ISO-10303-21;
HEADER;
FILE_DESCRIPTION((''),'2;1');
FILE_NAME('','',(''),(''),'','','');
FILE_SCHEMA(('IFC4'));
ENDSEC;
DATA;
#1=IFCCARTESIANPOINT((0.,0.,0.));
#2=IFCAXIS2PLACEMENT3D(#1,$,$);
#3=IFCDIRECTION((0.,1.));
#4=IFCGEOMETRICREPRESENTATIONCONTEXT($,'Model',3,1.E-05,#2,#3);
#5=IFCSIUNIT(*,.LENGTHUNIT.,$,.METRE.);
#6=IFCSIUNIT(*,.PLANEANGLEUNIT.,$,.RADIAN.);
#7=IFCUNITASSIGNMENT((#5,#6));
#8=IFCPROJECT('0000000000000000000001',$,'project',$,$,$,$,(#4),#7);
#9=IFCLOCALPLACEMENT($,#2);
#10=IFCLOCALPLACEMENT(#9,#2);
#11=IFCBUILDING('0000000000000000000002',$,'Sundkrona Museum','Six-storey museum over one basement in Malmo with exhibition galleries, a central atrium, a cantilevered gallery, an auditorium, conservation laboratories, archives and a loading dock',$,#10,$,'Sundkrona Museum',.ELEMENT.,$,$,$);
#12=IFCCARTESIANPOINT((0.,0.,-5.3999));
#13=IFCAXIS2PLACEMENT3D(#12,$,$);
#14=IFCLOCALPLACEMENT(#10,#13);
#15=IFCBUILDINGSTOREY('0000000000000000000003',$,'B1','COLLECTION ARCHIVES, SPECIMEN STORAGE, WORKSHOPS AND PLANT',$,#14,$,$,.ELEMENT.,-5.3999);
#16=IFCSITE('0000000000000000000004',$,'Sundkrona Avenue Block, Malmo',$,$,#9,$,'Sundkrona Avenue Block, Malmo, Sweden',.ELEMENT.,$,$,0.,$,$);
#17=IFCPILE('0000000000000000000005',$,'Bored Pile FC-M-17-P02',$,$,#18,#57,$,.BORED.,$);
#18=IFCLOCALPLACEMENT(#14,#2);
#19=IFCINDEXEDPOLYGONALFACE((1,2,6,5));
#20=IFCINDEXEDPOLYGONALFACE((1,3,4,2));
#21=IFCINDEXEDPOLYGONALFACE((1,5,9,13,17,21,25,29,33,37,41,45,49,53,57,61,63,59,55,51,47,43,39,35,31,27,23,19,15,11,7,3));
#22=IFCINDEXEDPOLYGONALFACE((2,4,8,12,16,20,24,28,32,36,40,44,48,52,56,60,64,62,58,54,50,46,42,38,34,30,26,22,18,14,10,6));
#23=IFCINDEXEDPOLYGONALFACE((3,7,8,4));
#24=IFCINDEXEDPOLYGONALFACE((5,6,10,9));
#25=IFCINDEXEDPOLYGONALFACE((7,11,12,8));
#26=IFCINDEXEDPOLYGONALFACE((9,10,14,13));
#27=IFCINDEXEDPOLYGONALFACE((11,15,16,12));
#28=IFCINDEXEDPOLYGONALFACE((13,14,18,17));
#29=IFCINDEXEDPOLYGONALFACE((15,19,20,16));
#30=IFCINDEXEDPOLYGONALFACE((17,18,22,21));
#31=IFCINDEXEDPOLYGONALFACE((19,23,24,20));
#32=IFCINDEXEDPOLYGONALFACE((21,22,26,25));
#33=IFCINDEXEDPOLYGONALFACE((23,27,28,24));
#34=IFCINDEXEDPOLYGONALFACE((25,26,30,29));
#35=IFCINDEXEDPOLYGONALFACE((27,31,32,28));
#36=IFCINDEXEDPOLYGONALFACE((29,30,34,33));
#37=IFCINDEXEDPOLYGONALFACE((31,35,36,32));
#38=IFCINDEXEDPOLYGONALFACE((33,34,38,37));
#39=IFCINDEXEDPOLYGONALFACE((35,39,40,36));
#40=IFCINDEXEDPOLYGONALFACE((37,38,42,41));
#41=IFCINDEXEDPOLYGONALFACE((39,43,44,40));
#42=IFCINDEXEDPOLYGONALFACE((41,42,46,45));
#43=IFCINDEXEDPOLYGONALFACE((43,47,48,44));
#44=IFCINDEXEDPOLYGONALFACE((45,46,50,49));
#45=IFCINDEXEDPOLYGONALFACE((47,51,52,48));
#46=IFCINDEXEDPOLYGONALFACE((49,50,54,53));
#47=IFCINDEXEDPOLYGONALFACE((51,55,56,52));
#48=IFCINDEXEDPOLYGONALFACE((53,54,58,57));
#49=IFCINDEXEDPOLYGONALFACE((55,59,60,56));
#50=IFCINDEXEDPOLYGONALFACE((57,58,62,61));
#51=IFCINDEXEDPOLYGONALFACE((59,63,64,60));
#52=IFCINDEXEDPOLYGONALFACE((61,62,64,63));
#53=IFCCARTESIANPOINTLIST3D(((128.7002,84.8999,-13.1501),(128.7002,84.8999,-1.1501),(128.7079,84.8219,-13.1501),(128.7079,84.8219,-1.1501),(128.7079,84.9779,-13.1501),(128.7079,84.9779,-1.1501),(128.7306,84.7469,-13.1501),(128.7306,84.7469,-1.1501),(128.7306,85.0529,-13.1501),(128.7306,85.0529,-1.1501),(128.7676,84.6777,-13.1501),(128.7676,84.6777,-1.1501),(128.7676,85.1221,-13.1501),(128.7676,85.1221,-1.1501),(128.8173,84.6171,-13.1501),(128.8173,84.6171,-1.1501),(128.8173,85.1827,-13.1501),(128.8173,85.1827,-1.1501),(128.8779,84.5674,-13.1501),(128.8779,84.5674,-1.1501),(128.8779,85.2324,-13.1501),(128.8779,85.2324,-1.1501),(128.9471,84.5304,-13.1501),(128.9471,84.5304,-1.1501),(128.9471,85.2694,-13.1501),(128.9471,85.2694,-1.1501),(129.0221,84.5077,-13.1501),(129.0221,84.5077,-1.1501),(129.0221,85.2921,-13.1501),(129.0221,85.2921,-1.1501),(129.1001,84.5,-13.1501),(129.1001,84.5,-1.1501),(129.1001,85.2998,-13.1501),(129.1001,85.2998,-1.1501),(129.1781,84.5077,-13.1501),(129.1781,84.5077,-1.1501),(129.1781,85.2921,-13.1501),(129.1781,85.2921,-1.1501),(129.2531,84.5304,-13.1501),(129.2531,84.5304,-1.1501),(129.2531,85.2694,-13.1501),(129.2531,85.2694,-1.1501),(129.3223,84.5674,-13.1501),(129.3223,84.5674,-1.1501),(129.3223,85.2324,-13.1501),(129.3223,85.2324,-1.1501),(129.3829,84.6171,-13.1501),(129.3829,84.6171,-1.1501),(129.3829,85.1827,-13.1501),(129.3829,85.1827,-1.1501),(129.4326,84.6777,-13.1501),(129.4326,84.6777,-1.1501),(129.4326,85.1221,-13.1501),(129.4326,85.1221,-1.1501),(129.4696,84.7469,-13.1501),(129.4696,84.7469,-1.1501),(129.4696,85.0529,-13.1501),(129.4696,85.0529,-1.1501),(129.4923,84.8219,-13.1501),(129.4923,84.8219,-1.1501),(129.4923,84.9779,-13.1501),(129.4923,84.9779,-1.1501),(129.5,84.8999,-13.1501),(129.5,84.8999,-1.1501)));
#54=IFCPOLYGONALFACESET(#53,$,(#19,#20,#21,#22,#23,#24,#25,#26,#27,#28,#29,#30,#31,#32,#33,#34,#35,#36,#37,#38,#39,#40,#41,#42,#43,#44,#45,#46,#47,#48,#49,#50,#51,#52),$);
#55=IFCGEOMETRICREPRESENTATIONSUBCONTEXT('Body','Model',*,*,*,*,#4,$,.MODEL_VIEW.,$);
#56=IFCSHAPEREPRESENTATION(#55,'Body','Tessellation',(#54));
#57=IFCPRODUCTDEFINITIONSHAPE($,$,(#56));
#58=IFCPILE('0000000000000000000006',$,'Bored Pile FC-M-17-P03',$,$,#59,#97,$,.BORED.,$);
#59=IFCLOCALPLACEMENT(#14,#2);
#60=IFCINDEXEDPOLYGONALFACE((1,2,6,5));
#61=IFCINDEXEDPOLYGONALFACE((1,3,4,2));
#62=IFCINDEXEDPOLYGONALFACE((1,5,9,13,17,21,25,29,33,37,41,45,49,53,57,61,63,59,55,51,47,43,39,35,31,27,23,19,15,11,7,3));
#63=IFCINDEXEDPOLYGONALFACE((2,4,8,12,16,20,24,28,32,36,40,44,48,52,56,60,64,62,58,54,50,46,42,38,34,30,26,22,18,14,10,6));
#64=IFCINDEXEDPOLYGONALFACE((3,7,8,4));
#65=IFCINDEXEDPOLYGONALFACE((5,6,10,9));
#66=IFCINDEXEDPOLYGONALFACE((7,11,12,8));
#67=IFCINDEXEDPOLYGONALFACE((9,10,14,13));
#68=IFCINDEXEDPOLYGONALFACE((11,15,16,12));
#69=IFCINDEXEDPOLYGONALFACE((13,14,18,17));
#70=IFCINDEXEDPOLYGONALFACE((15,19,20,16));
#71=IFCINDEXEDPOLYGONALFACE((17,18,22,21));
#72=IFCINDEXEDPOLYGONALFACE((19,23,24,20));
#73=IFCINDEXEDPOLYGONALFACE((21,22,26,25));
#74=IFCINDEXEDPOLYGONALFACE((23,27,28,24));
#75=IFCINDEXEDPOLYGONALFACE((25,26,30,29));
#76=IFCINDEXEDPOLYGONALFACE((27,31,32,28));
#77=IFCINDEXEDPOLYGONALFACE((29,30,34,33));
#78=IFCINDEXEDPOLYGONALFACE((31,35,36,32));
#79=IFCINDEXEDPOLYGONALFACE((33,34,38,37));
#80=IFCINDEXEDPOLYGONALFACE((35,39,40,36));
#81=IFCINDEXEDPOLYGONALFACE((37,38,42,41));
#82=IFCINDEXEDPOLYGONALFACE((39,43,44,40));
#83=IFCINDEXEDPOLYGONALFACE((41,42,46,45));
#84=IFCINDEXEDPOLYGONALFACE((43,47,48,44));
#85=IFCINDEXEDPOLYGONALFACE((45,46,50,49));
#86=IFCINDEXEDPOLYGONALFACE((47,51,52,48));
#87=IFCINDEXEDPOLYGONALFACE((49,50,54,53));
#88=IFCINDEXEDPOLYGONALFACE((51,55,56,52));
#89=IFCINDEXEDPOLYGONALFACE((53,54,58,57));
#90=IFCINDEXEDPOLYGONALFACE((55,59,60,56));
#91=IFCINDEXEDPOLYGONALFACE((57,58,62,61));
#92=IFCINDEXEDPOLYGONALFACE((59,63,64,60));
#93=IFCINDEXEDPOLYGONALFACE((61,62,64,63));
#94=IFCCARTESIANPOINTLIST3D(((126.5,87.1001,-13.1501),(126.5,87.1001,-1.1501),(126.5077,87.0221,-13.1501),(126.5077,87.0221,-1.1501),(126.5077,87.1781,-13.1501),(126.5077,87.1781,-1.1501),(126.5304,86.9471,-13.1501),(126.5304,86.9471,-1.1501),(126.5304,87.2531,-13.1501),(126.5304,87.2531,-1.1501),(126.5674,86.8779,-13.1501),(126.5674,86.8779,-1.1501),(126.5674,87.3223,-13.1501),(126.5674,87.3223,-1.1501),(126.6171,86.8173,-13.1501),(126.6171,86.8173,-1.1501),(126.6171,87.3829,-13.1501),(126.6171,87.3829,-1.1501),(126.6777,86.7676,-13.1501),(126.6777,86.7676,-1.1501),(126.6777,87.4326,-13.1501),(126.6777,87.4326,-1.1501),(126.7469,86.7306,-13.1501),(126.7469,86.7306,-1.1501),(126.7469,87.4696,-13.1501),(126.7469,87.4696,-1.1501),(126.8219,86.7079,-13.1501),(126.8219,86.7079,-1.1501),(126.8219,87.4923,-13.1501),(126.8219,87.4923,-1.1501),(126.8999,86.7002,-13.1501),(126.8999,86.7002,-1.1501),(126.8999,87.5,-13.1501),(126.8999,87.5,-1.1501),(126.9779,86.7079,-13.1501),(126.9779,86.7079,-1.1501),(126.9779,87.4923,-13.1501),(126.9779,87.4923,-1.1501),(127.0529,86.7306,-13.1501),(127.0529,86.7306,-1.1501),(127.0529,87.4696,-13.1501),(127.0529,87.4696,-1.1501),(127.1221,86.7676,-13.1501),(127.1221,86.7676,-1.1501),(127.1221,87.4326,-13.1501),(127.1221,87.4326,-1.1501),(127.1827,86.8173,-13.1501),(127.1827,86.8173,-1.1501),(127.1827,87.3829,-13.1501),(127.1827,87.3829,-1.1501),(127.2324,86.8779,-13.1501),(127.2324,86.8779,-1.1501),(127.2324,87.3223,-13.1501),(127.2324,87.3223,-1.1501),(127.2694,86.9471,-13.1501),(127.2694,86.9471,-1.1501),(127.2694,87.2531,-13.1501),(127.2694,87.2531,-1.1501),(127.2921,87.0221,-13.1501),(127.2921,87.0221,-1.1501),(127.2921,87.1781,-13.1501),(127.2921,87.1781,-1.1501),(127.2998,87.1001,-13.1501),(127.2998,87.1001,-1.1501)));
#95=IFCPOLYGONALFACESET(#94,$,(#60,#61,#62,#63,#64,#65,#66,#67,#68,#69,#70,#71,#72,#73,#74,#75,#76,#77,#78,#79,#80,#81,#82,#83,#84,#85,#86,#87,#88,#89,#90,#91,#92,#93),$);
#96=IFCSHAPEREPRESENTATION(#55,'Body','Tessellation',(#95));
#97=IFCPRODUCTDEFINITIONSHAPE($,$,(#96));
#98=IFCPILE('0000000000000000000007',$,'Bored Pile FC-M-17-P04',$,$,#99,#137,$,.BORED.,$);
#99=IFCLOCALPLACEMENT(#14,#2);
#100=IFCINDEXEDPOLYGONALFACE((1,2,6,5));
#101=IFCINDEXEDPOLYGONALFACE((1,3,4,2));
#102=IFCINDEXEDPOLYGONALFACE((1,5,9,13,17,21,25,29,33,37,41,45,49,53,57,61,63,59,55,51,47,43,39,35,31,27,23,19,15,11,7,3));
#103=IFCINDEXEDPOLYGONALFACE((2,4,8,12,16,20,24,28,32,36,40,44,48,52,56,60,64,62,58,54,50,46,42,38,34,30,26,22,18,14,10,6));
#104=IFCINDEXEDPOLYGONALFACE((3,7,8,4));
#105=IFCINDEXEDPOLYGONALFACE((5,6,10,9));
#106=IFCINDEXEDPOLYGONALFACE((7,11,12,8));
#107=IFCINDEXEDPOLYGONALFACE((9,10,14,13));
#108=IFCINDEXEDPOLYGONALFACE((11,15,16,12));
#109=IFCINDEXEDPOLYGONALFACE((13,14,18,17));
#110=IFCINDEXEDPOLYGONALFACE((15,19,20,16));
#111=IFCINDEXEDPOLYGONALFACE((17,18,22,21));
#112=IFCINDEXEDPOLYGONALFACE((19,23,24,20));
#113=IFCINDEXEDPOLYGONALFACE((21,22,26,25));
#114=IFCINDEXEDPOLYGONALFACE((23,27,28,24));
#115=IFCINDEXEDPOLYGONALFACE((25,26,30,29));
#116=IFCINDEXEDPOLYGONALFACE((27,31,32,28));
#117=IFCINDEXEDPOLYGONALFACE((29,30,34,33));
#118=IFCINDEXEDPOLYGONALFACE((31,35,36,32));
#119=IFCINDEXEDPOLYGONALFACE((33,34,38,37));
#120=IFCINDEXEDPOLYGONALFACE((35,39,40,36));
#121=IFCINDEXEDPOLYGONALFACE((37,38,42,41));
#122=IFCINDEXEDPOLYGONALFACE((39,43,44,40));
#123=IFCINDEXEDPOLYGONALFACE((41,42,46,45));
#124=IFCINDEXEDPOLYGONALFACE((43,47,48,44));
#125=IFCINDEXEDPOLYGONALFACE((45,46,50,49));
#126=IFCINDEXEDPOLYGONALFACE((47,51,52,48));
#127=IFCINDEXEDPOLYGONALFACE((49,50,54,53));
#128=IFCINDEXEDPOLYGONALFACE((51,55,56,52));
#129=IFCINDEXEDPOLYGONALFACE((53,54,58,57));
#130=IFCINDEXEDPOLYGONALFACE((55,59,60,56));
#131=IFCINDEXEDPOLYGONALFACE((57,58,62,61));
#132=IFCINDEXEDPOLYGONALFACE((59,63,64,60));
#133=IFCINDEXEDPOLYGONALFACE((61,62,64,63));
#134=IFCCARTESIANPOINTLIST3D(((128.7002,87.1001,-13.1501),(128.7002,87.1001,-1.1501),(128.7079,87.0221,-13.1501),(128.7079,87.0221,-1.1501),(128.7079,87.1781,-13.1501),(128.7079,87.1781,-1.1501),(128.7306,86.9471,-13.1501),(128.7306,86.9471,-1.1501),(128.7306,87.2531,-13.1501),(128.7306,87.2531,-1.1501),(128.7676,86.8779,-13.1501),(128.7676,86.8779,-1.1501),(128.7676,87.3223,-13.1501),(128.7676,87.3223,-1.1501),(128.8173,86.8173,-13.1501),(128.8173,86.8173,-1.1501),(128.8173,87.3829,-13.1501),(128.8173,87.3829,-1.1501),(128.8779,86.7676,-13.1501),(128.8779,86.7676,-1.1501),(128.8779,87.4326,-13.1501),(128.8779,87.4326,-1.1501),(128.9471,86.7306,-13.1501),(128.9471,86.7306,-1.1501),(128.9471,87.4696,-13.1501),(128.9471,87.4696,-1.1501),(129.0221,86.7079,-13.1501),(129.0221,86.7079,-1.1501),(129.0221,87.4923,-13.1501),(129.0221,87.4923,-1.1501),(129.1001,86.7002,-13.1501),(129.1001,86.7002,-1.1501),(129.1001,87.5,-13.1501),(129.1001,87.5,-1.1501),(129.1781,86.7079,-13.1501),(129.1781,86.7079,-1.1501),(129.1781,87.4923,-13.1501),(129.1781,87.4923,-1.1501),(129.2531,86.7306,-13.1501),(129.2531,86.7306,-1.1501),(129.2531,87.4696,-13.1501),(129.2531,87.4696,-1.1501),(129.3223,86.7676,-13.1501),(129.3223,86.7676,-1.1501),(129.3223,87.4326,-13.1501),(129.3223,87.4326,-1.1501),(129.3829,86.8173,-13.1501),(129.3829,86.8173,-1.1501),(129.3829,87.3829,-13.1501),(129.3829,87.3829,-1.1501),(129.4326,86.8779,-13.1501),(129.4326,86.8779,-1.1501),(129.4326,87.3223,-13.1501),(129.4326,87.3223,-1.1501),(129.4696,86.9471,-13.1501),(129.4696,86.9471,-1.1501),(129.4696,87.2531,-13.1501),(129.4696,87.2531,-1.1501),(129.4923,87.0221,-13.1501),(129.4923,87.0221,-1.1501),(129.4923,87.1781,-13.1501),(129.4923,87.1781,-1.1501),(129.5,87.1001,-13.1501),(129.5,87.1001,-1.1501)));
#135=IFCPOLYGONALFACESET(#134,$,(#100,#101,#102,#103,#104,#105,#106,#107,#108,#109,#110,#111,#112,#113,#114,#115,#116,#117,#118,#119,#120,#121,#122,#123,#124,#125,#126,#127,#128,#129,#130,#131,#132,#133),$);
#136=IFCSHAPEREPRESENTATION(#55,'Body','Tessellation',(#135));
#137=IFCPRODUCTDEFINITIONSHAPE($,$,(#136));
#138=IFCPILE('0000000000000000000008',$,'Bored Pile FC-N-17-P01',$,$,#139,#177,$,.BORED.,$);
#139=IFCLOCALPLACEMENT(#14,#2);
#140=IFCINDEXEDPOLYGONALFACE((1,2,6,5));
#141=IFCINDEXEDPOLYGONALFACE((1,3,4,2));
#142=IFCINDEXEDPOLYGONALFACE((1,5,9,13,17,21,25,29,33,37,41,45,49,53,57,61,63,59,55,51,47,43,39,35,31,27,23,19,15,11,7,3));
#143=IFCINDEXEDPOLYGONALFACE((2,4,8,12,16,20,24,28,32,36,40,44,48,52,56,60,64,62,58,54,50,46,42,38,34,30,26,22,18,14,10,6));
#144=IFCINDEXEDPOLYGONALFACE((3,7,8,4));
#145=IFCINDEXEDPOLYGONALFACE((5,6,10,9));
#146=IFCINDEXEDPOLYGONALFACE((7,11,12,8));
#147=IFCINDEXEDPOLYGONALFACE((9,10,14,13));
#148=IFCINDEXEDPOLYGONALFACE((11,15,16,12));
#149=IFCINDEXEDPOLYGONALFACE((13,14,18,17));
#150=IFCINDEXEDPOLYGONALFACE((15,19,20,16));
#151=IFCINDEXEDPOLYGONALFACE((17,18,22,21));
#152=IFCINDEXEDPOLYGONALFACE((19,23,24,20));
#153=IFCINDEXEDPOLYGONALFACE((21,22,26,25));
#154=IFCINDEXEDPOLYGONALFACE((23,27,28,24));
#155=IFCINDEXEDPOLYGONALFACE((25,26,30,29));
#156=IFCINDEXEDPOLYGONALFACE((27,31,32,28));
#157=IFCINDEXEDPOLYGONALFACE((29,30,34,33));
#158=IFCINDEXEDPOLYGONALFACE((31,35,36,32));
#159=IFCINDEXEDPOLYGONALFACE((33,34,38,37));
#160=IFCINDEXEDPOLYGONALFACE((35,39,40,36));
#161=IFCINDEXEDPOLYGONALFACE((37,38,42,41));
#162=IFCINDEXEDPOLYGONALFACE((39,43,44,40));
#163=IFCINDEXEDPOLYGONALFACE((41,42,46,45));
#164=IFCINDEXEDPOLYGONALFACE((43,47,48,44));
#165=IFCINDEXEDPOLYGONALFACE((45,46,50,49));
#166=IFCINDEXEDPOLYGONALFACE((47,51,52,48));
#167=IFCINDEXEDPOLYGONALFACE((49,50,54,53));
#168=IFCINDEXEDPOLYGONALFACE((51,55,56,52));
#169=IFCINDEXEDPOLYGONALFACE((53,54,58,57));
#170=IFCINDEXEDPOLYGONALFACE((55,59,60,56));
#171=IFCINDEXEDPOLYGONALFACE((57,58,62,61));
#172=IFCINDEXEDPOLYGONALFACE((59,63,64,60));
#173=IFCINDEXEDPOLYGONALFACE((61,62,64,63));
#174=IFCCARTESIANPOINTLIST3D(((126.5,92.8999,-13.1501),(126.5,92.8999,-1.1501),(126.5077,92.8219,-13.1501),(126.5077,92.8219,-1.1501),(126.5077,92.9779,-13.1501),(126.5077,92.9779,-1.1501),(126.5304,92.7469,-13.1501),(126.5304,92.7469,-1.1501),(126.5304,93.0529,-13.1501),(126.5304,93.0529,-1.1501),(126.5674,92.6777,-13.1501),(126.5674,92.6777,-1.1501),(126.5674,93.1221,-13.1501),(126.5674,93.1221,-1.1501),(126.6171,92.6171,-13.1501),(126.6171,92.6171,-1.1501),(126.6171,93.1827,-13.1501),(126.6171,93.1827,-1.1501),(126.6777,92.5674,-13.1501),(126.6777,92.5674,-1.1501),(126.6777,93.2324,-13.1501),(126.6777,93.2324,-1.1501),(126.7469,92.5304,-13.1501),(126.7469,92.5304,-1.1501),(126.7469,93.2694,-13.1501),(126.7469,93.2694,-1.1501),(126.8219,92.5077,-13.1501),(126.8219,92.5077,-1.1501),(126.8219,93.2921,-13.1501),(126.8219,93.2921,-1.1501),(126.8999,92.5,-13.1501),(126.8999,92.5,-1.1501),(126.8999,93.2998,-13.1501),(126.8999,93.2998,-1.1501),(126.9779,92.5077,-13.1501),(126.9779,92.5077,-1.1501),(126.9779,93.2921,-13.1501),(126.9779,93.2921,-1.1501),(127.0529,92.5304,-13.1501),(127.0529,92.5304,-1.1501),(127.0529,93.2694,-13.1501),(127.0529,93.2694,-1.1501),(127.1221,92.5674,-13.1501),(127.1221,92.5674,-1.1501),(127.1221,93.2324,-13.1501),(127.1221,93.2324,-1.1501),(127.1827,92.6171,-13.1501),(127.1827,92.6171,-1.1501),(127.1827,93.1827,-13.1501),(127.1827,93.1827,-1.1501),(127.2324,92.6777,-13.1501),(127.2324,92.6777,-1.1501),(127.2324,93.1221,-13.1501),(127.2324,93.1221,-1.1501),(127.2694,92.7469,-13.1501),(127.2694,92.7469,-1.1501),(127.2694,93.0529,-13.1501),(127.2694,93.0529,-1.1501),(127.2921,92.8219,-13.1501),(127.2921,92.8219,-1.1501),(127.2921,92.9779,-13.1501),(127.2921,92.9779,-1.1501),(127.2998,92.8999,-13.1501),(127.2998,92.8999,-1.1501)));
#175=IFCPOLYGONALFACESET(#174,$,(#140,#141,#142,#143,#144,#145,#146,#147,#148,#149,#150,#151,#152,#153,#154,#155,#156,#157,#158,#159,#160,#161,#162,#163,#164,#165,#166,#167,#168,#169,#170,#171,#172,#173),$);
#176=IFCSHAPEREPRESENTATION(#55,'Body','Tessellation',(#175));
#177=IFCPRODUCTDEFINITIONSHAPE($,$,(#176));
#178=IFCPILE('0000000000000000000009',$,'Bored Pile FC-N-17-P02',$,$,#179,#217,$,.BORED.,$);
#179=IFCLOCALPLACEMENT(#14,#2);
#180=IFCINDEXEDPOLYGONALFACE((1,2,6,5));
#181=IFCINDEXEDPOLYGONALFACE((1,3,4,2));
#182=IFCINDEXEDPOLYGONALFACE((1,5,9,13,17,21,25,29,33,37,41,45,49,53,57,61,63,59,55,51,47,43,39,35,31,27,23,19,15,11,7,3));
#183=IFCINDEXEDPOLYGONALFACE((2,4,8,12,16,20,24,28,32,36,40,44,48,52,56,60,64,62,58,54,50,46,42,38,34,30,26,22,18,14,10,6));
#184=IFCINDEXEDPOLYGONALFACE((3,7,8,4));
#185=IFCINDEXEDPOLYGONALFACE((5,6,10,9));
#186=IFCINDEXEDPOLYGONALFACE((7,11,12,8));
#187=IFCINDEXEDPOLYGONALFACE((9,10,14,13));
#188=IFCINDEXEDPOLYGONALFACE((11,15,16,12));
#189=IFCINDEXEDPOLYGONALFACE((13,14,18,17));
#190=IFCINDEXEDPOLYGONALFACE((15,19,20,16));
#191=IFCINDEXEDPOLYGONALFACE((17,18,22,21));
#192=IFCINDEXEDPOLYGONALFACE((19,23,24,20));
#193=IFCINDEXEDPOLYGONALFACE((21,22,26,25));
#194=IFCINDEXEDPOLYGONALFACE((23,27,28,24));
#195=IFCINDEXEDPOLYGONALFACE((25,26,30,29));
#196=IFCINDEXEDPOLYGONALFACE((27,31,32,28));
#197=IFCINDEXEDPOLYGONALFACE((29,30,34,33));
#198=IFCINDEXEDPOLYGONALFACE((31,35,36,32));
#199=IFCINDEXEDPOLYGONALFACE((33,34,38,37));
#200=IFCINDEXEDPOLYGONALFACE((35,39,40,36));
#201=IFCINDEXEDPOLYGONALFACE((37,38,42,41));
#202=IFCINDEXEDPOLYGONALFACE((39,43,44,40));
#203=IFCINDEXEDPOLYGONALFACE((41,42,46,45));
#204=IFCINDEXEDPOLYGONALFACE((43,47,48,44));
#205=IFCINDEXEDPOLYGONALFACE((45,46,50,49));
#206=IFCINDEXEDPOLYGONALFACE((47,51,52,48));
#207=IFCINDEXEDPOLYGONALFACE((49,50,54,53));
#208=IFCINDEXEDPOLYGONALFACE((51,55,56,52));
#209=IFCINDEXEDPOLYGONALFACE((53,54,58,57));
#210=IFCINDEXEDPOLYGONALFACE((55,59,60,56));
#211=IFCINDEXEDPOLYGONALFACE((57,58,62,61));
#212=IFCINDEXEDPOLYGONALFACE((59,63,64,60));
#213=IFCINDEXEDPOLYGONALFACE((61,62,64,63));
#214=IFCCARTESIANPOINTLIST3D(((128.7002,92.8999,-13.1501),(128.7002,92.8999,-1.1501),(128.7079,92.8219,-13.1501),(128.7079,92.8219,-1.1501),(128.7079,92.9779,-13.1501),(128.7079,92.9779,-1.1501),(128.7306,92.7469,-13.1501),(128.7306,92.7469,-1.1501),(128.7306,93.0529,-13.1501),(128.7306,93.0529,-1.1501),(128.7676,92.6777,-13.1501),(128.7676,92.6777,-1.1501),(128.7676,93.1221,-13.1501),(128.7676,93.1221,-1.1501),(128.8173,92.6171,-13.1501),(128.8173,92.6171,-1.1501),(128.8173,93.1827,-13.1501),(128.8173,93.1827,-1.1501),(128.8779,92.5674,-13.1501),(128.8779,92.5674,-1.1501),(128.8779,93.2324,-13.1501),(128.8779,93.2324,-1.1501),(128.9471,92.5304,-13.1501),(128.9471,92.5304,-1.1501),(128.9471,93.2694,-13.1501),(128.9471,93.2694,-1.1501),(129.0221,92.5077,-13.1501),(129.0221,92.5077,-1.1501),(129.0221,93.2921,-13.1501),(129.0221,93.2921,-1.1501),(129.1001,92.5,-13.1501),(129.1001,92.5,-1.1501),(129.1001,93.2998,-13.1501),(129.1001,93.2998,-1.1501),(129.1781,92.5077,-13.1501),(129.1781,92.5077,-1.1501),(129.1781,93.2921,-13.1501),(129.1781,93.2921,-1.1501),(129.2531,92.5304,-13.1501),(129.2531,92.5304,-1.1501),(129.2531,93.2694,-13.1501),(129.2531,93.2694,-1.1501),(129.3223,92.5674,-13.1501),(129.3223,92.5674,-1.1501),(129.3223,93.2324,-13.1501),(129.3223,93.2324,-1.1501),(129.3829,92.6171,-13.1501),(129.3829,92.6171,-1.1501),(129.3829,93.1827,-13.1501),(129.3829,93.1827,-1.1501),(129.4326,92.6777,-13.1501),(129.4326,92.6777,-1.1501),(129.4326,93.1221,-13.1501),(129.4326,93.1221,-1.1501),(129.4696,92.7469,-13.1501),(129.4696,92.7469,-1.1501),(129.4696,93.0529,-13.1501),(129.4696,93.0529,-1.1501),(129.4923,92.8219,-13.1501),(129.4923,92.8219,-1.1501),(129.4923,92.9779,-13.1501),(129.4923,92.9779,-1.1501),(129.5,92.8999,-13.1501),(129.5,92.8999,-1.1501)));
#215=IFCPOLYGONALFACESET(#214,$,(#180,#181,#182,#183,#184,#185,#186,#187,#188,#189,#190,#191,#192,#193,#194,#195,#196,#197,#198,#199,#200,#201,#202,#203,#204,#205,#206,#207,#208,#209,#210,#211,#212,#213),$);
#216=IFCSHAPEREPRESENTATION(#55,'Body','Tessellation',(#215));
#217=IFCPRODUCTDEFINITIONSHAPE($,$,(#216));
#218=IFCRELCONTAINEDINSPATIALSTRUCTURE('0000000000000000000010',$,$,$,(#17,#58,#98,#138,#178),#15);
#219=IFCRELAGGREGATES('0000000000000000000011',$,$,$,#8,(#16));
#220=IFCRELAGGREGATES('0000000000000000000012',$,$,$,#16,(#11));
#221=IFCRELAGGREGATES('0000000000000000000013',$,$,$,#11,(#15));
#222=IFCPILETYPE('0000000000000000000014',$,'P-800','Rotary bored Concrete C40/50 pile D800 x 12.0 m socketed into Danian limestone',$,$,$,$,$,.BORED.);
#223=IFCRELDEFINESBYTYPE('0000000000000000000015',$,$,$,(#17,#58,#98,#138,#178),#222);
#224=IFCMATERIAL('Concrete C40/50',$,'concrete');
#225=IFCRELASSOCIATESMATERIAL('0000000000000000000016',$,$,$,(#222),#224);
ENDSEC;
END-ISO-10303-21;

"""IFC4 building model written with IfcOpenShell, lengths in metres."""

from ifc_helpers import new_model, si_unit, direction, frame, origin, origin_2d, place, context, subcontext, project, spatial, circle, extrude, material, material_profile, profile_set, type_object, element, save


model = new_model("IFC4")

# Units and contexts
model_context = context("Model", 3, precision=1e-05, world=origin(), true_north=direction((0.0, 1.0)))
body_context = subcontext(model_context, "Body", "Model", "MODEL_VIEW")
ifc_project = project(units=[si_unit("LENGTHUNIT", "METRE"), si_unit("PLANEANGLEUNIT", "RADIAN")], contexts=[model_context])

# Site, building, storey
site_placement = place(None, origin())
site = spatial("IfcSite", under=ifc_project, at=site_placement, Name="Sundkrona Avenue Block, Malmo", LongName="Sundkrona Avenue Block, Malmo, Sweden", CompositionType="ELEMENT", RefElevation=0.0)
building_placement = place(site_placement, origin())
building = spatial("IfcBuilding", under=site, at=building_placement, Name="Sundkrona Museum", Description="Six-storey museum over one basement in Malmo with exhibition galleries, a central atrium, a cantilevered gallery, an auditorium, conservation laboratories, archives and a loading dock", LongName="Sundkrona Museum", CompositionType="ELEMENT")
storey_placement = place(building_placement, frame((0.0, 0.0, -5.3999)))
storey = spatial("IfcBuildingStorey", under=building, at=storey_placement, Name="B1", Description="COLLECTION ARCHIVES, SPECIMEN STORAGE, WORKSHOPS AND PLANT", CompositionType="ELEMENT", Elevation=-5.3999)

# Shared definitions
ifc_material_1 = material(Name="Concrete C40/50", Category="concrete")

# Piles
ifc_material_profile_1 = material_profile(ifc_material_1, circle(Radius=0.3999, at=origin_2d()), Name="PILE D800")
ifc_profile_set_1 = profile_set([ifc_material_profile_1], Name="Concrete C40/50")
pile_type = type_object("IfcPileType", Name="P-800", Description="Rotary bored Concrete C40/50 pile D800 x 12.0 m socketed into Danian limestone", PredefinedType="BORED", material=ifc_profile_set_1)
for number, where, z_axis, x_axis, name in (
    (1, (129.1001, 84.8999, -1.1501), (0.0, 0.0, -1.0), (1.0, 0.0, 0.0), "Bored Pile FC-M-17-P02"),
    (2, (126.8999, 87.1001, -1.1501), (0.0, 0.0, -1.0), (1.0, 0.0, 0.0), "Bored Pile FC-M-17-P03"),
    (3, (129.1001, 87.1001, -1.1501), (0.0, 0.0, -1.0), (1.0, 0.0, 0.0), "Bored Pile FC-M-17-P04"),
    (4, (126.8999, 92.8999, -1.1501), (0.0, 0.0, -1.0), (1.0, 0.0, 0.0), "Bored Pile FC-N-17-P01"),
    (5, (129.1001, 92.8999, -1.1501), (0.0, 0.0, -1.0), (1.0, 0.0, 0.0), "Bored Pile FC-N-17-P02"),
):
    element("IfcPile", number, at=place(storey_placement, frame(where, z_axis=z_axis, x_axis=x_axis)), inside=storey, type_object=pile_type, Name=name, PredefinedType="BORED", context=body_context, shape_type="SweptSolid", body=[
        extrude(circle(Radius=0.3999, at=origin_2d()), origin(), (0.0, 0.0, 1.0), 12.0),
    ])

save(model, "model.ifc")
